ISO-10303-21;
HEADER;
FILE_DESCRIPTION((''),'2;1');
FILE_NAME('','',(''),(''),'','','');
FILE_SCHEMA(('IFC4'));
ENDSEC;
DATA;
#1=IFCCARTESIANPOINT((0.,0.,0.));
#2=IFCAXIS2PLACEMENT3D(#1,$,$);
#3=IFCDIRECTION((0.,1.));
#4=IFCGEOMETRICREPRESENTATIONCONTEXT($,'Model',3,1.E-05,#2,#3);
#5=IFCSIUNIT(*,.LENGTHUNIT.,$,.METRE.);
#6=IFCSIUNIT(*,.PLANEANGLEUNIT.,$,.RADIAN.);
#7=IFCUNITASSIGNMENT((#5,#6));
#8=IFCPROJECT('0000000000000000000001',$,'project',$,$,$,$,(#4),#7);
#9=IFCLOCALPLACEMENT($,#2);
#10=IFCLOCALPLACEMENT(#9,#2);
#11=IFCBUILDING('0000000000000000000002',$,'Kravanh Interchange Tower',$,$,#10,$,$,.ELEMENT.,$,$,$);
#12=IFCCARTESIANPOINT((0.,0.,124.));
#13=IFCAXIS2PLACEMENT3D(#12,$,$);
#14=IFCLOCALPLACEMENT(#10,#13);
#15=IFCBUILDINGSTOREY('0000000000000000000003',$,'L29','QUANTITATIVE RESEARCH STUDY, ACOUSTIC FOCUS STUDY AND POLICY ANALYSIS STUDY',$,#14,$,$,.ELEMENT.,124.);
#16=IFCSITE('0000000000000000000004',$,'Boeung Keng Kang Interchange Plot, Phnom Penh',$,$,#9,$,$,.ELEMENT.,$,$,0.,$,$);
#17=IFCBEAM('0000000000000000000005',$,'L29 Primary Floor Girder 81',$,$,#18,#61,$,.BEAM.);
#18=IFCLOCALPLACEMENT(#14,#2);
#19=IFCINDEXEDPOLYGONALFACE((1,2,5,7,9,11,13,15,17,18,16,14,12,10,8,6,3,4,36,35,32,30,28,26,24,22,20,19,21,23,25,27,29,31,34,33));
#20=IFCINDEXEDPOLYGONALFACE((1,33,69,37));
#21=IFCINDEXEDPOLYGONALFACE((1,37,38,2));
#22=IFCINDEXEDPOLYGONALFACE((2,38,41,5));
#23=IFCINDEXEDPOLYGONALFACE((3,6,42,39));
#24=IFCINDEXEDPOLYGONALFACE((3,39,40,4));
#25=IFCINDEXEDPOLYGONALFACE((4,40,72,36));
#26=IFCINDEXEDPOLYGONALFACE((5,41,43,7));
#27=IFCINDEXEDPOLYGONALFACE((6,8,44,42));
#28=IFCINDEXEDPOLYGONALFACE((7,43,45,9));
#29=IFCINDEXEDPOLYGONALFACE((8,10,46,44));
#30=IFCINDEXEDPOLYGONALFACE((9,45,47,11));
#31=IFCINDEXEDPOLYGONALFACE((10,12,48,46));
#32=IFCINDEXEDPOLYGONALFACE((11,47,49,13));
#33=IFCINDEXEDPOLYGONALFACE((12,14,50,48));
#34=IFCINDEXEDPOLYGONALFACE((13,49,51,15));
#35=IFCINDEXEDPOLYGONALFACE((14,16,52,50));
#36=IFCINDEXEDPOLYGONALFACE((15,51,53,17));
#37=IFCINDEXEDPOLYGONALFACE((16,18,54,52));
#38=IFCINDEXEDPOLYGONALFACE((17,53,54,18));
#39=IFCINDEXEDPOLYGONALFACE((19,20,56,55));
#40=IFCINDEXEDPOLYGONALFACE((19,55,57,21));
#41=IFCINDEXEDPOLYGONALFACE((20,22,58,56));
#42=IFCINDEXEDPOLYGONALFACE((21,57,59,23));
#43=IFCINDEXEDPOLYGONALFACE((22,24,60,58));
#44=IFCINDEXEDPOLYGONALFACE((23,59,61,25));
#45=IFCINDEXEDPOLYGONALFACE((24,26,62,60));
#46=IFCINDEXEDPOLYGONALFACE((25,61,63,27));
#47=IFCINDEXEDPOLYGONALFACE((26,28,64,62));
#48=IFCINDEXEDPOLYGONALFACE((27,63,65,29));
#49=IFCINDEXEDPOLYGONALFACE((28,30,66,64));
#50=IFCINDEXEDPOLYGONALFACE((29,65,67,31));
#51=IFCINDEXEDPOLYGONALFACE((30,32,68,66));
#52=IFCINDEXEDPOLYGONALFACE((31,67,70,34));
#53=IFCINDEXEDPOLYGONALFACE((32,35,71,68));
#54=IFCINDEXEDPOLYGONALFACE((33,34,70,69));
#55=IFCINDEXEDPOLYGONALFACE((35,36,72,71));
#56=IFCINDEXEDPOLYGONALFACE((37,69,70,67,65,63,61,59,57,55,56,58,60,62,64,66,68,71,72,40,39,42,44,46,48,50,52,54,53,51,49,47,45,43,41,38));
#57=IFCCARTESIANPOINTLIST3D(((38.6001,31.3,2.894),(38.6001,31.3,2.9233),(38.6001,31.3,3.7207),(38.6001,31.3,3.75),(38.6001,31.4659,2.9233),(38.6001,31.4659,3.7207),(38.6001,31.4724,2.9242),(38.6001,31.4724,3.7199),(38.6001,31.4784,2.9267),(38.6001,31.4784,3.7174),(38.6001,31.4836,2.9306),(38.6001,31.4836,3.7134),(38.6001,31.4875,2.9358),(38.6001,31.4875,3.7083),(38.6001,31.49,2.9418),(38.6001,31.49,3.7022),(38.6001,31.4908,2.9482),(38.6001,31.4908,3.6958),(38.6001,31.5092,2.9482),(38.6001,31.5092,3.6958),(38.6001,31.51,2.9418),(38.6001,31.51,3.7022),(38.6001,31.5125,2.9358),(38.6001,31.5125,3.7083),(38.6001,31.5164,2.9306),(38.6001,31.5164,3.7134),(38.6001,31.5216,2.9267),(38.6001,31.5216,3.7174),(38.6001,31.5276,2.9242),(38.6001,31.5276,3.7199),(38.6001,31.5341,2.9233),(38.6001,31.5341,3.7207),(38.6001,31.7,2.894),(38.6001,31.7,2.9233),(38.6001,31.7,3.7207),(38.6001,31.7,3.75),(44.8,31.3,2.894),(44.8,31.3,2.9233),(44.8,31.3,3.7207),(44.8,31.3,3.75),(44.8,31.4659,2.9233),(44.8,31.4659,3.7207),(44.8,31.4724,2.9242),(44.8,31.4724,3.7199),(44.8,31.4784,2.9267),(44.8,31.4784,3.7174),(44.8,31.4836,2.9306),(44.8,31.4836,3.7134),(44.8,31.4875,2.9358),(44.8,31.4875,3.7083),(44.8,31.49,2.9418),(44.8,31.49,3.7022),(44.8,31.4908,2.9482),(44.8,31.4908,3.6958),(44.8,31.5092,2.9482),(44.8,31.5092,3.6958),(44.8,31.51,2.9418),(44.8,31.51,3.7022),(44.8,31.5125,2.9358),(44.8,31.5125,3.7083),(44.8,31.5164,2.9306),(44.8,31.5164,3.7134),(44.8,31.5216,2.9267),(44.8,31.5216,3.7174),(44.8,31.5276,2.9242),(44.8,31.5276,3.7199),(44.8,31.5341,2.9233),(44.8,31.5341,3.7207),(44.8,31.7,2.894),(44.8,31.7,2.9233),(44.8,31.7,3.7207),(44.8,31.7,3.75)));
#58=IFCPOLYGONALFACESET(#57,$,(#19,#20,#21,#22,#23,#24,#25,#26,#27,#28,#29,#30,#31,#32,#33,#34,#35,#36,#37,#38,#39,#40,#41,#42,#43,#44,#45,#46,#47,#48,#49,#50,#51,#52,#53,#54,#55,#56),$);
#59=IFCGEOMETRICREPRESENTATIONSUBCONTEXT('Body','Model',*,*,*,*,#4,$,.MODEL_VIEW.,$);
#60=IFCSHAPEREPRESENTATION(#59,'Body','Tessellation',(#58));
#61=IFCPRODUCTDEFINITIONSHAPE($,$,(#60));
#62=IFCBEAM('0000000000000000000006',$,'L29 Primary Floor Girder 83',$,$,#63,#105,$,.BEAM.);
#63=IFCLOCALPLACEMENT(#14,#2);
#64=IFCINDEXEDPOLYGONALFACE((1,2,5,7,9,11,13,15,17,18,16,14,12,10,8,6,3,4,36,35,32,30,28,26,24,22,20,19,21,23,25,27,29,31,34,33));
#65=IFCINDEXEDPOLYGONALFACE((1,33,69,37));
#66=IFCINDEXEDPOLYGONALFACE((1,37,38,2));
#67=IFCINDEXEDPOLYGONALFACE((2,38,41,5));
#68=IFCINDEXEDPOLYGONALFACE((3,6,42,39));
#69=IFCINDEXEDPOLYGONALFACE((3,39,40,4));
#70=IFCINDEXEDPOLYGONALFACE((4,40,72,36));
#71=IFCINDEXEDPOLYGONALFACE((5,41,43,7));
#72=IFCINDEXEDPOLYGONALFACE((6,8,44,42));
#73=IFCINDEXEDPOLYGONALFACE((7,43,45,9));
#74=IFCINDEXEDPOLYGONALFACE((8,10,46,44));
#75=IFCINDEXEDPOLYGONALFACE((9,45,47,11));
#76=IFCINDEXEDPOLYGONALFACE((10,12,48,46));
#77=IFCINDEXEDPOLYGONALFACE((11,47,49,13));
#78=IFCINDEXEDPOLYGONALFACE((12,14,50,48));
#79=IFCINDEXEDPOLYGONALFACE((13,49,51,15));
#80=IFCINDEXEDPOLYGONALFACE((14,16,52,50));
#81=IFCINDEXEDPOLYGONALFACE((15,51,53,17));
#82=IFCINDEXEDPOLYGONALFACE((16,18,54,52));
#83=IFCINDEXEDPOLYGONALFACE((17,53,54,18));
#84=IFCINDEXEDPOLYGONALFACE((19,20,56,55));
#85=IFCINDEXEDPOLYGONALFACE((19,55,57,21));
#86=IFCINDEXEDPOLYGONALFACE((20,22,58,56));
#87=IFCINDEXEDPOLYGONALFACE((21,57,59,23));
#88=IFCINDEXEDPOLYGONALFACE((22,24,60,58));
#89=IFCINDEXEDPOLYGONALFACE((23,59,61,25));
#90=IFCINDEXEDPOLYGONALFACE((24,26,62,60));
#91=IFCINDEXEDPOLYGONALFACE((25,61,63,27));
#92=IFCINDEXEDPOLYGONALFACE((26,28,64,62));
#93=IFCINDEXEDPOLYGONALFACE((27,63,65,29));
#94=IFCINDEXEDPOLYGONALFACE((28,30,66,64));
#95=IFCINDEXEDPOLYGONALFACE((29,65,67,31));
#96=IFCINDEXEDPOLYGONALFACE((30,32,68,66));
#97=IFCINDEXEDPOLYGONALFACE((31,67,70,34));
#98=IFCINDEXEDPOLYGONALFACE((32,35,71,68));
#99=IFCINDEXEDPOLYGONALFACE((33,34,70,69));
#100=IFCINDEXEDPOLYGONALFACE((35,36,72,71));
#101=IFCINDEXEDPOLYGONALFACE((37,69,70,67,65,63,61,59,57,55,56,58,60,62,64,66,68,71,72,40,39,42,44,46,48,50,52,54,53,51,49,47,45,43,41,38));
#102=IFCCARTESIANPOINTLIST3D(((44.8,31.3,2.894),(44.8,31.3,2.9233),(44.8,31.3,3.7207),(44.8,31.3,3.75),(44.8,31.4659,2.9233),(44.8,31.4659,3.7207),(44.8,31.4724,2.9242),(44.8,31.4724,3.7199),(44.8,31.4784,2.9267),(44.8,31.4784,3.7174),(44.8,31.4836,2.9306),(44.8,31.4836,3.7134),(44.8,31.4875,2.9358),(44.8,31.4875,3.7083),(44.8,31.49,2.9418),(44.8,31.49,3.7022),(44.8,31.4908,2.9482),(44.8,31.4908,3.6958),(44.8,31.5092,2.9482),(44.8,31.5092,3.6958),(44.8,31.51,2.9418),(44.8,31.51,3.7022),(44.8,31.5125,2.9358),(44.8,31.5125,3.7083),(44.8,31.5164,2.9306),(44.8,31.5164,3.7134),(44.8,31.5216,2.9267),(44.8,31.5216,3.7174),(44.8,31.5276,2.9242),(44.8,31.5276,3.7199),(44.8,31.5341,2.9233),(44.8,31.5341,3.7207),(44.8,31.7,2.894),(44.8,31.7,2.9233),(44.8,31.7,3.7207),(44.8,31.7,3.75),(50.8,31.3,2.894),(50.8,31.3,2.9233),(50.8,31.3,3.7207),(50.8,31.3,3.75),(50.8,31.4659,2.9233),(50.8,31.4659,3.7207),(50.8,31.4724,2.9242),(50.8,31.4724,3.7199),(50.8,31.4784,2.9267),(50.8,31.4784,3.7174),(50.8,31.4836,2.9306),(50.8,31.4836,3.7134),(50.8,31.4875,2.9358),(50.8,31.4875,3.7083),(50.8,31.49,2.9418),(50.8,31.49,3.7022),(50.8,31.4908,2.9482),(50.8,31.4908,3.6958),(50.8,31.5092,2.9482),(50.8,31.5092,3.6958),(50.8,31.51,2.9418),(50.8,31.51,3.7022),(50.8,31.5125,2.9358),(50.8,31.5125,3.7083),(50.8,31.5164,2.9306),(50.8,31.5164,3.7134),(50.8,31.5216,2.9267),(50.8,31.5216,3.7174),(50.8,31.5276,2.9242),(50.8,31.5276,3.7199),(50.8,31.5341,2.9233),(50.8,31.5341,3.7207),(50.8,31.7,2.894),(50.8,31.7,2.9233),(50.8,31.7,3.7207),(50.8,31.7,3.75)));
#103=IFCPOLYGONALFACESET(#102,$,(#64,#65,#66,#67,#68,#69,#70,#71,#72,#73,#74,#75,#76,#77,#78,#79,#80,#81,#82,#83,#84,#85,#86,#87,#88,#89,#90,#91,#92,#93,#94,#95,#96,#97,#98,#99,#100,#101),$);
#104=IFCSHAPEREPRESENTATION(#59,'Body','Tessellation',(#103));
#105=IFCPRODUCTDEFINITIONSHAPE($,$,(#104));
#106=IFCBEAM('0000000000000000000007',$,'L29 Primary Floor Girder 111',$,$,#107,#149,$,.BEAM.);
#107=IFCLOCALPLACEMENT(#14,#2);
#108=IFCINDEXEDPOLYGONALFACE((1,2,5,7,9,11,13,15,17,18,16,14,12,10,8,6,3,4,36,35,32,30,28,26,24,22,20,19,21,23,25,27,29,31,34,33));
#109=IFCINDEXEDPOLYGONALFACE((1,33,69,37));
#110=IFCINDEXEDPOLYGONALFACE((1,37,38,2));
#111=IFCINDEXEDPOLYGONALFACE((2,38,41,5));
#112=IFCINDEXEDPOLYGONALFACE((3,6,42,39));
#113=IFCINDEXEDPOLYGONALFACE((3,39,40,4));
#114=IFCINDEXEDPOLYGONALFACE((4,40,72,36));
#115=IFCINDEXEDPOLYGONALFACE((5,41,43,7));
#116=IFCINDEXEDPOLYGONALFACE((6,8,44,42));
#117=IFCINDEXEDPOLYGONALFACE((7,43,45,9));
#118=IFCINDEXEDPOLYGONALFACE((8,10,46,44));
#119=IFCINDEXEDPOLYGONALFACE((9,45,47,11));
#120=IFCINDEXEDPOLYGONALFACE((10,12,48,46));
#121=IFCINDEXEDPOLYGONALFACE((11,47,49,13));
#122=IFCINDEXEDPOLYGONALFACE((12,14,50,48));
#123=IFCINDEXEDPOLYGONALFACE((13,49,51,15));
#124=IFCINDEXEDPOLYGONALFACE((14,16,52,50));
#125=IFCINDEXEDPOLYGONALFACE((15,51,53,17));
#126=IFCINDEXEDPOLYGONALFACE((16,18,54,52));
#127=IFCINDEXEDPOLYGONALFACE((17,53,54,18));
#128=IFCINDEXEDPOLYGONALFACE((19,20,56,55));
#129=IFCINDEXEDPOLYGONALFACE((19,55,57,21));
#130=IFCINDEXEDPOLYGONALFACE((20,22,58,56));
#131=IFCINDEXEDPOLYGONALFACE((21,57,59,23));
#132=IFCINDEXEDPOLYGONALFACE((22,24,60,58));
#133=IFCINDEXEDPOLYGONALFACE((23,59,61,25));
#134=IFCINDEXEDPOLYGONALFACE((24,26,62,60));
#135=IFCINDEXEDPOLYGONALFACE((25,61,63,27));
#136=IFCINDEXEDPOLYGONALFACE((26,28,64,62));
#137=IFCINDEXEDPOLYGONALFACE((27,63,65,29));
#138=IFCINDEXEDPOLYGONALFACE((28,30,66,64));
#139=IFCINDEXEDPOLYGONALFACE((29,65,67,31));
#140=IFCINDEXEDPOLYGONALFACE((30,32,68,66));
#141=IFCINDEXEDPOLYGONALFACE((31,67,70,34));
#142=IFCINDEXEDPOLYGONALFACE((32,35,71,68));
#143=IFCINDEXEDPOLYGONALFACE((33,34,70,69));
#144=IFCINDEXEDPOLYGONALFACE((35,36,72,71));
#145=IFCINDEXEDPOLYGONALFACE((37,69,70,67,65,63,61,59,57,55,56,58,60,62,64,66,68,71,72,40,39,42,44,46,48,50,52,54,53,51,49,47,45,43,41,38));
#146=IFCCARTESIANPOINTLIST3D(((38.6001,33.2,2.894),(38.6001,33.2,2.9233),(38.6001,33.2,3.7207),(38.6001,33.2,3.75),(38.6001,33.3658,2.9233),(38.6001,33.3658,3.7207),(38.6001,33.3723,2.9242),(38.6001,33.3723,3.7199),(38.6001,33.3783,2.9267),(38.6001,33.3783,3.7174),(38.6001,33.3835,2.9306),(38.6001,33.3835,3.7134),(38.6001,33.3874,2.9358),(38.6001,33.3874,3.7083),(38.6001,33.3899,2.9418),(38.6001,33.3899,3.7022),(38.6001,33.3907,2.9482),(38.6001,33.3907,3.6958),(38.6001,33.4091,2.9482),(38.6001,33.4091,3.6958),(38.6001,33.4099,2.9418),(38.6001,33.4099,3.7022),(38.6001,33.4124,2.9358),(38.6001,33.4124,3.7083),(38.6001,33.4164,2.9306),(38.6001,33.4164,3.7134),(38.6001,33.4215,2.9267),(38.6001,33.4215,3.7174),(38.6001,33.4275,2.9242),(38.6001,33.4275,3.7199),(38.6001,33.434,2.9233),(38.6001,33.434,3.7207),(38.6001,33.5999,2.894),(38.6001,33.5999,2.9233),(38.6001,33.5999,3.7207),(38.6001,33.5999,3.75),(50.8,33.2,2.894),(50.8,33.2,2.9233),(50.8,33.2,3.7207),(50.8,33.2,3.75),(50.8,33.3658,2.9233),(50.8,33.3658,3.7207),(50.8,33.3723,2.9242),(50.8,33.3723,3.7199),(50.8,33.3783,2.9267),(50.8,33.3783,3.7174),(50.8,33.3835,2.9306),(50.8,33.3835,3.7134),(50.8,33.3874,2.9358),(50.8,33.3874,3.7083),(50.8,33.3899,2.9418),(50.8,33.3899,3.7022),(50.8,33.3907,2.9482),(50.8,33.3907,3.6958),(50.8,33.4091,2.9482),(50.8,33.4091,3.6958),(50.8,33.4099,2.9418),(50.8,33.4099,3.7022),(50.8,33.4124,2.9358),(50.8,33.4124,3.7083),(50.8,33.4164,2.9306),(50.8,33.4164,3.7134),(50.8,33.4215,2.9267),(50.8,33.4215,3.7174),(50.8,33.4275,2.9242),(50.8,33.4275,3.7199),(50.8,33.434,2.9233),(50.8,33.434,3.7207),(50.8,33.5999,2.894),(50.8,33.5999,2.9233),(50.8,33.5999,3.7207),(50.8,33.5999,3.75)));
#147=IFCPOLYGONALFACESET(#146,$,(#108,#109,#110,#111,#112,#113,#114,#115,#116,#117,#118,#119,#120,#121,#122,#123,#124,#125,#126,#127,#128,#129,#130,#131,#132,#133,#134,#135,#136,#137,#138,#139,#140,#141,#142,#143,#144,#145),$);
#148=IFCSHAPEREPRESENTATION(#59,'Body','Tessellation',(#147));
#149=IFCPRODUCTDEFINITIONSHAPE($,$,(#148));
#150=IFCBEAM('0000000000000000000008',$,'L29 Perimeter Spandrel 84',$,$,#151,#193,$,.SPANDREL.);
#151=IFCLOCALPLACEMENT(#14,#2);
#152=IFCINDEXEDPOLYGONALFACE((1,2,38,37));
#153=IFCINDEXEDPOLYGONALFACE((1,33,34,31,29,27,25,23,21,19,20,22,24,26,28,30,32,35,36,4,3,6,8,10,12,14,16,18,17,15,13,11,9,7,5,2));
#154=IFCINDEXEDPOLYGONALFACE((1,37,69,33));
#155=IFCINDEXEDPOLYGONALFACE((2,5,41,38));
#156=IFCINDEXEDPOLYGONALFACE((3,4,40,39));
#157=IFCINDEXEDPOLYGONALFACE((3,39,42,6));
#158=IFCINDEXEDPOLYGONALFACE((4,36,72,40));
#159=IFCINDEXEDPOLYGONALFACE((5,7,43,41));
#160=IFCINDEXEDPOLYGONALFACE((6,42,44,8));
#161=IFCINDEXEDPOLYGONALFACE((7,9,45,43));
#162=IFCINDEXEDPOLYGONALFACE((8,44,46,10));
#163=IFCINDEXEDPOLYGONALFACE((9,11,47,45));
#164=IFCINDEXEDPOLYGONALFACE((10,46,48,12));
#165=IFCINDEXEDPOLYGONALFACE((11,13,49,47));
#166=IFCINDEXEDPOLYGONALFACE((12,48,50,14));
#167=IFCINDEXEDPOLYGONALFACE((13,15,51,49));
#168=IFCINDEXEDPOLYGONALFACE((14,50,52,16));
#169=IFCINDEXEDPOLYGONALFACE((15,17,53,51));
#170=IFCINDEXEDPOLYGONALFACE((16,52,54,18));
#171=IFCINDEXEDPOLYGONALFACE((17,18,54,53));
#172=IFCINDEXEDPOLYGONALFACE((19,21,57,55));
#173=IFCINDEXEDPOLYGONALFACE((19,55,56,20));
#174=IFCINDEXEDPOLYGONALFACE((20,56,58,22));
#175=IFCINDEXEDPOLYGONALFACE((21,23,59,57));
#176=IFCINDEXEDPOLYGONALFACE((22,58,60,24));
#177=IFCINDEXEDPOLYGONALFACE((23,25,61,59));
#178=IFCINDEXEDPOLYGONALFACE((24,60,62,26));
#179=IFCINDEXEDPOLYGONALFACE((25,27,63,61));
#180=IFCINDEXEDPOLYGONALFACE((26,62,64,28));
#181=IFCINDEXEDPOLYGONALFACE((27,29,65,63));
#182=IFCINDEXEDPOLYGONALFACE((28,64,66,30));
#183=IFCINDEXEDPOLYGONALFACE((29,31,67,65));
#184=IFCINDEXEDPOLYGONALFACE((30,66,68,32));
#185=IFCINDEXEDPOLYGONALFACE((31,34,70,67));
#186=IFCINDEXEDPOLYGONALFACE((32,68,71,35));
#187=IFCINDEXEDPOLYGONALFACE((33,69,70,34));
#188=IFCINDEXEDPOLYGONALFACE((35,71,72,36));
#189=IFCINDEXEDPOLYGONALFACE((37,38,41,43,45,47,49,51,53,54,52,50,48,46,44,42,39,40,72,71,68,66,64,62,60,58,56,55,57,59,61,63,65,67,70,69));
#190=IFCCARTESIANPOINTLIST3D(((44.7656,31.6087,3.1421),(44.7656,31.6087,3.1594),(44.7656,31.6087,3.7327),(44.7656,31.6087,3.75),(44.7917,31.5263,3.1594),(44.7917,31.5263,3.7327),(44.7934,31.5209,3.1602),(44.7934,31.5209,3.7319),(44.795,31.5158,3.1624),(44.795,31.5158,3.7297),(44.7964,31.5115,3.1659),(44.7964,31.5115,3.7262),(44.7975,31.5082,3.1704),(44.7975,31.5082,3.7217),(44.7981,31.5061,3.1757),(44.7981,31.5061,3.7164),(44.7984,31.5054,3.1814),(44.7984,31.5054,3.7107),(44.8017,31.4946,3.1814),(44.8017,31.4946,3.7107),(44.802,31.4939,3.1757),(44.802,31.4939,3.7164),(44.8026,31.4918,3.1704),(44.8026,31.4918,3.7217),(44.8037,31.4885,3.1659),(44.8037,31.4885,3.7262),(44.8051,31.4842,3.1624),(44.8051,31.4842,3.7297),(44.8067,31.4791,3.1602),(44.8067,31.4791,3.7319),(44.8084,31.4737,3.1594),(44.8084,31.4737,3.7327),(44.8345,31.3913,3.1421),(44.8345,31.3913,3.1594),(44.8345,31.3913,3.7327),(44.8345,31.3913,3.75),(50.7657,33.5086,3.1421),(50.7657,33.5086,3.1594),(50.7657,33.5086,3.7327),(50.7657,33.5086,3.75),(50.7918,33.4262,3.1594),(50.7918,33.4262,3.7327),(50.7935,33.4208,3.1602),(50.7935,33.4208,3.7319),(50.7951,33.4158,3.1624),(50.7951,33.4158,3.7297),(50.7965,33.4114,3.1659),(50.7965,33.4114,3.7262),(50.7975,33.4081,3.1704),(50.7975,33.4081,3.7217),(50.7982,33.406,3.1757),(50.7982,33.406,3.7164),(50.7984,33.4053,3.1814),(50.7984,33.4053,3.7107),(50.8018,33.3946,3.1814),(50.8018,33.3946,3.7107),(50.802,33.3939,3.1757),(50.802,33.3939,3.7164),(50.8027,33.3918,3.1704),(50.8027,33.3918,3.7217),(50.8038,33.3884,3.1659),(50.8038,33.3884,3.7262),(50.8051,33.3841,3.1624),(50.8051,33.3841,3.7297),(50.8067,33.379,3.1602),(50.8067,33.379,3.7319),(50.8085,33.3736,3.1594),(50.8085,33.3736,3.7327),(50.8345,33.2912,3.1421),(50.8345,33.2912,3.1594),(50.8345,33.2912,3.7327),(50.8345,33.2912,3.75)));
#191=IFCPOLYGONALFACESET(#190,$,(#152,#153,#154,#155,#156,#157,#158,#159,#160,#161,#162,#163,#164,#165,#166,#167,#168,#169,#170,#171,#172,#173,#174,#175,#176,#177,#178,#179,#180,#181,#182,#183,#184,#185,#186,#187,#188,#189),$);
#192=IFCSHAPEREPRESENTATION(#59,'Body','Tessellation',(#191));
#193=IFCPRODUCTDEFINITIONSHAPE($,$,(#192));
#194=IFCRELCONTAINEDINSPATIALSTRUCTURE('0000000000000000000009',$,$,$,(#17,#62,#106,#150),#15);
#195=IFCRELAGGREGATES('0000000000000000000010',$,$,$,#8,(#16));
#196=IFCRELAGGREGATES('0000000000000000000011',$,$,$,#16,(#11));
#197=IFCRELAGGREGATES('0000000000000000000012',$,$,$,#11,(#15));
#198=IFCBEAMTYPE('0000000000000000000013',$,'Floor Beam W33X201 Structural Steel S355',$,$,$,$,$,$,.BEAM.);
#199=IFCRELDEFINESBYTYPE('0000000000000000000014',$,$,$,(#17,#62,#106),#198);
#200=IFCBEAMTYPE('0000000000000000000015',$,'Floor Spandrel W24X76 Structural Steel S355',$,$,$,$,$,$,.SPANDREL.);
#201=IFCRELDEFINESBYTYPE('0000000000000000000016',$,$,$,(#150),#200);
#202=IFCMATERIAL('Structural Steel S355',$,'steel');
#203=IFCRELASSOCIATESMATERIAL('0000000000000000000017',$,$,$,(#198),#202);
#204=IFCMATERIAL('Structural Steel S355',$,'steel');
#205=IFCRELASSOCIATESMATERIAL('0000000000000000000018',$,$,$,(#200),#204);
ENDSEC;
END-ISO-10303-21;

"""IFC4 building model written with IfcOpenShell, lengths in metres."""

from ifc_helpers import new_model, si_unit, direction, frame, origin, origin_2d, place, context, subcontext, project, spatial, i_section, extrude, material, material_profile, profile_set, type_object, element, save


model = new_model("IFC4")

# Units and contexts
model_context = context("Model", 3, precision=1e-05, world=origin(), true_north=direction((0.0, 1.0)))
body_context = subcontext(model_context, "Body", "Model", "MODEL_VIEW")
ifc_project = project(units=[si_unit("LENGTHUNIT", "METRE"), si_unit("PLANEANGLEUNIT", "RADIAN")], contexts=[model_context])

# Site, building, storey
site_placement = place(None, origin())
site = spatial("IfcSite", under=ifc_project, at=site_placement, Name="Boeung Keng Kang Interchange Plot, Phnom Penh", CompositionType="ELEMENT", RefElevation=0.0)
building_placement = place(site_placement, origin())
building = spatial("IfcBuilding", under=site, at=building_placement, Name="Kravanh Interchange Tower", CompositionType="ELEMENT")
storey_placement = place(building_placement, frame((0.0, 0.0, 124.0)))
storey = spatial("IfcBuildingStorey", under=building, at=storey_placement, Name="L29", Description="QUANTITATIVE RESEARCH STUDY, ACOUSTIC FOCUS STUDY AND POLICY ANALYSIS STUDY", CompositionType="ELEMENT", Elevation=124.0)

# Beams
ifc_material_1 = material(Name="Structural Steel S355", Category="steel")
ifc_material_profile_1 = material_profile(ifc_material_1, i_section(OverallWidth=0.3999, OverallDepth=0.856, WebThickness=0.0183, FlangeThickness=0.0293, FilletRadius=0.0249, at=origin_2d()), Name="W33X201")
ifc_profile_set_1 = profile_set([ifc_material_profile_1], Name="Structural Steel S355")
beam_type_1 = type_object("IfcBeamType", Name="Floor Beam W33X201 Structural Steel S355", PredefinedType="BEAM", material=ifc_profile_set_1)
beam_1_placement = place(storey_placement, frame((38.6001, 31.5, 3.322), z_axis=(1.0, 0.0, 0.0), x_axis=(0.0, 1.0, 0.0)))
element("IfcBeam", 1, at=beam_1_placement, inside=storey, type_object=beam_type_1, Name="L29 Primary Floor Girder 81", PredefinedType="BEAM", context=body_context, shape_type="SweptSolid", body=[
    extrude(i_section(OverallWidth=0.3999, OverallDepth=0.856, WebThickness=0.0183, FlangeThickness=0.0293, FilletRadius=0.0249, at=origin_2d()), origin(), (0.0, 0.0, 1.0), 6.2),
])
beam_2_placement = place(storey_placement, frame((44.8, 31.5, 3.322), z_axis=(1.0, 0.0, 0.0), x_axis=(0.0, 1.0, 0.0)))
element("IfcBeam", 2, at=beam_2_placement, inside=storey, type_object=beam_type_1, Name="L29 Primary Floor Girder 83", PredefinedType="BEAM", context=body_context, shape_type="SweptSolid", body=[
    extrude(i_section(OverallWidth=0.3999, OverallDepth=0.856, WebThickness=0.0183, FlangeThickness=0.0293, FilletRadius=0.0249, at=origin_2d()), origin(), (0.0, 0.0, 1.0), 6.0),
])
beam_3_placement = place(storey_placement, frame((38.6001, 33.3999, 3.322), z_axis=(1.0, 0.0, 0.0), x_axis=(0.0, 1.0, 0.0)))
element("IfcBeam", 3, at=beam_3_placement, inside=storey, type_object=beam_type_1, Name="L29 Primary Floor Girder 111", PredefinedType="BEAM", context=body_context, shape_type="SweptSolid", body=[
    extrude(i_section(OverallWidth=0.3999, OverallDepth=0.856, WebThickness=0.0183, FlangeThickness=0.0293, FilletRadius=0.0249, at=origin_2d()), origin(), (0.0, 0.0, 1.0), 12.2),
])
ifc_material_2 = material(Name="Structural Steel S355", Category="steel")
ifc_material_profile_2 = material_profile(ifc_material_2, i_section(OverallWidth=0.228, OverallDepth=0.6079, WebThickness=0.0112, FlangeThickness=0.0173, FilletRadius=0.022, at=origin_2d()), Name="W24X76")
ifc_profile_set_2 = profile_set([ifc_material_profile_2], Name="Structural Steel S355")
beam_type_2 = type_object("IfcBeamType", Name="Floor Spandrel W24X76 Structural Steel S355", PredefinedType="SPANDREL", material=ifc_profile_set_2)
beam_4_placement = place(storey_placement, frame((44.8, 31.5, 3.446), z_axis=(0.953347, 0.301878, 0.0), x_axis=(-0.301878, 0.953347, 0.0)))
element("IfcBeam", 4, at=beam_4_placement, inside=storey, type_object=beam_type_2, Name="L29 Perimeter Spandrel 84", PredefinedType="SPANDREL", context=body_context, shape_type="SweptSolid", body=[
    extrude(i_section(OverallWidth=0.228, OverallDepth=0.6079, WebThickness=0.0112, FlangeThickness=0.0173, FilletRadius=0.022, at=origin_2d()), origin(), (0.0, 0.0, 1.0), 6.2937),
])

save(model, "model.ifc")
